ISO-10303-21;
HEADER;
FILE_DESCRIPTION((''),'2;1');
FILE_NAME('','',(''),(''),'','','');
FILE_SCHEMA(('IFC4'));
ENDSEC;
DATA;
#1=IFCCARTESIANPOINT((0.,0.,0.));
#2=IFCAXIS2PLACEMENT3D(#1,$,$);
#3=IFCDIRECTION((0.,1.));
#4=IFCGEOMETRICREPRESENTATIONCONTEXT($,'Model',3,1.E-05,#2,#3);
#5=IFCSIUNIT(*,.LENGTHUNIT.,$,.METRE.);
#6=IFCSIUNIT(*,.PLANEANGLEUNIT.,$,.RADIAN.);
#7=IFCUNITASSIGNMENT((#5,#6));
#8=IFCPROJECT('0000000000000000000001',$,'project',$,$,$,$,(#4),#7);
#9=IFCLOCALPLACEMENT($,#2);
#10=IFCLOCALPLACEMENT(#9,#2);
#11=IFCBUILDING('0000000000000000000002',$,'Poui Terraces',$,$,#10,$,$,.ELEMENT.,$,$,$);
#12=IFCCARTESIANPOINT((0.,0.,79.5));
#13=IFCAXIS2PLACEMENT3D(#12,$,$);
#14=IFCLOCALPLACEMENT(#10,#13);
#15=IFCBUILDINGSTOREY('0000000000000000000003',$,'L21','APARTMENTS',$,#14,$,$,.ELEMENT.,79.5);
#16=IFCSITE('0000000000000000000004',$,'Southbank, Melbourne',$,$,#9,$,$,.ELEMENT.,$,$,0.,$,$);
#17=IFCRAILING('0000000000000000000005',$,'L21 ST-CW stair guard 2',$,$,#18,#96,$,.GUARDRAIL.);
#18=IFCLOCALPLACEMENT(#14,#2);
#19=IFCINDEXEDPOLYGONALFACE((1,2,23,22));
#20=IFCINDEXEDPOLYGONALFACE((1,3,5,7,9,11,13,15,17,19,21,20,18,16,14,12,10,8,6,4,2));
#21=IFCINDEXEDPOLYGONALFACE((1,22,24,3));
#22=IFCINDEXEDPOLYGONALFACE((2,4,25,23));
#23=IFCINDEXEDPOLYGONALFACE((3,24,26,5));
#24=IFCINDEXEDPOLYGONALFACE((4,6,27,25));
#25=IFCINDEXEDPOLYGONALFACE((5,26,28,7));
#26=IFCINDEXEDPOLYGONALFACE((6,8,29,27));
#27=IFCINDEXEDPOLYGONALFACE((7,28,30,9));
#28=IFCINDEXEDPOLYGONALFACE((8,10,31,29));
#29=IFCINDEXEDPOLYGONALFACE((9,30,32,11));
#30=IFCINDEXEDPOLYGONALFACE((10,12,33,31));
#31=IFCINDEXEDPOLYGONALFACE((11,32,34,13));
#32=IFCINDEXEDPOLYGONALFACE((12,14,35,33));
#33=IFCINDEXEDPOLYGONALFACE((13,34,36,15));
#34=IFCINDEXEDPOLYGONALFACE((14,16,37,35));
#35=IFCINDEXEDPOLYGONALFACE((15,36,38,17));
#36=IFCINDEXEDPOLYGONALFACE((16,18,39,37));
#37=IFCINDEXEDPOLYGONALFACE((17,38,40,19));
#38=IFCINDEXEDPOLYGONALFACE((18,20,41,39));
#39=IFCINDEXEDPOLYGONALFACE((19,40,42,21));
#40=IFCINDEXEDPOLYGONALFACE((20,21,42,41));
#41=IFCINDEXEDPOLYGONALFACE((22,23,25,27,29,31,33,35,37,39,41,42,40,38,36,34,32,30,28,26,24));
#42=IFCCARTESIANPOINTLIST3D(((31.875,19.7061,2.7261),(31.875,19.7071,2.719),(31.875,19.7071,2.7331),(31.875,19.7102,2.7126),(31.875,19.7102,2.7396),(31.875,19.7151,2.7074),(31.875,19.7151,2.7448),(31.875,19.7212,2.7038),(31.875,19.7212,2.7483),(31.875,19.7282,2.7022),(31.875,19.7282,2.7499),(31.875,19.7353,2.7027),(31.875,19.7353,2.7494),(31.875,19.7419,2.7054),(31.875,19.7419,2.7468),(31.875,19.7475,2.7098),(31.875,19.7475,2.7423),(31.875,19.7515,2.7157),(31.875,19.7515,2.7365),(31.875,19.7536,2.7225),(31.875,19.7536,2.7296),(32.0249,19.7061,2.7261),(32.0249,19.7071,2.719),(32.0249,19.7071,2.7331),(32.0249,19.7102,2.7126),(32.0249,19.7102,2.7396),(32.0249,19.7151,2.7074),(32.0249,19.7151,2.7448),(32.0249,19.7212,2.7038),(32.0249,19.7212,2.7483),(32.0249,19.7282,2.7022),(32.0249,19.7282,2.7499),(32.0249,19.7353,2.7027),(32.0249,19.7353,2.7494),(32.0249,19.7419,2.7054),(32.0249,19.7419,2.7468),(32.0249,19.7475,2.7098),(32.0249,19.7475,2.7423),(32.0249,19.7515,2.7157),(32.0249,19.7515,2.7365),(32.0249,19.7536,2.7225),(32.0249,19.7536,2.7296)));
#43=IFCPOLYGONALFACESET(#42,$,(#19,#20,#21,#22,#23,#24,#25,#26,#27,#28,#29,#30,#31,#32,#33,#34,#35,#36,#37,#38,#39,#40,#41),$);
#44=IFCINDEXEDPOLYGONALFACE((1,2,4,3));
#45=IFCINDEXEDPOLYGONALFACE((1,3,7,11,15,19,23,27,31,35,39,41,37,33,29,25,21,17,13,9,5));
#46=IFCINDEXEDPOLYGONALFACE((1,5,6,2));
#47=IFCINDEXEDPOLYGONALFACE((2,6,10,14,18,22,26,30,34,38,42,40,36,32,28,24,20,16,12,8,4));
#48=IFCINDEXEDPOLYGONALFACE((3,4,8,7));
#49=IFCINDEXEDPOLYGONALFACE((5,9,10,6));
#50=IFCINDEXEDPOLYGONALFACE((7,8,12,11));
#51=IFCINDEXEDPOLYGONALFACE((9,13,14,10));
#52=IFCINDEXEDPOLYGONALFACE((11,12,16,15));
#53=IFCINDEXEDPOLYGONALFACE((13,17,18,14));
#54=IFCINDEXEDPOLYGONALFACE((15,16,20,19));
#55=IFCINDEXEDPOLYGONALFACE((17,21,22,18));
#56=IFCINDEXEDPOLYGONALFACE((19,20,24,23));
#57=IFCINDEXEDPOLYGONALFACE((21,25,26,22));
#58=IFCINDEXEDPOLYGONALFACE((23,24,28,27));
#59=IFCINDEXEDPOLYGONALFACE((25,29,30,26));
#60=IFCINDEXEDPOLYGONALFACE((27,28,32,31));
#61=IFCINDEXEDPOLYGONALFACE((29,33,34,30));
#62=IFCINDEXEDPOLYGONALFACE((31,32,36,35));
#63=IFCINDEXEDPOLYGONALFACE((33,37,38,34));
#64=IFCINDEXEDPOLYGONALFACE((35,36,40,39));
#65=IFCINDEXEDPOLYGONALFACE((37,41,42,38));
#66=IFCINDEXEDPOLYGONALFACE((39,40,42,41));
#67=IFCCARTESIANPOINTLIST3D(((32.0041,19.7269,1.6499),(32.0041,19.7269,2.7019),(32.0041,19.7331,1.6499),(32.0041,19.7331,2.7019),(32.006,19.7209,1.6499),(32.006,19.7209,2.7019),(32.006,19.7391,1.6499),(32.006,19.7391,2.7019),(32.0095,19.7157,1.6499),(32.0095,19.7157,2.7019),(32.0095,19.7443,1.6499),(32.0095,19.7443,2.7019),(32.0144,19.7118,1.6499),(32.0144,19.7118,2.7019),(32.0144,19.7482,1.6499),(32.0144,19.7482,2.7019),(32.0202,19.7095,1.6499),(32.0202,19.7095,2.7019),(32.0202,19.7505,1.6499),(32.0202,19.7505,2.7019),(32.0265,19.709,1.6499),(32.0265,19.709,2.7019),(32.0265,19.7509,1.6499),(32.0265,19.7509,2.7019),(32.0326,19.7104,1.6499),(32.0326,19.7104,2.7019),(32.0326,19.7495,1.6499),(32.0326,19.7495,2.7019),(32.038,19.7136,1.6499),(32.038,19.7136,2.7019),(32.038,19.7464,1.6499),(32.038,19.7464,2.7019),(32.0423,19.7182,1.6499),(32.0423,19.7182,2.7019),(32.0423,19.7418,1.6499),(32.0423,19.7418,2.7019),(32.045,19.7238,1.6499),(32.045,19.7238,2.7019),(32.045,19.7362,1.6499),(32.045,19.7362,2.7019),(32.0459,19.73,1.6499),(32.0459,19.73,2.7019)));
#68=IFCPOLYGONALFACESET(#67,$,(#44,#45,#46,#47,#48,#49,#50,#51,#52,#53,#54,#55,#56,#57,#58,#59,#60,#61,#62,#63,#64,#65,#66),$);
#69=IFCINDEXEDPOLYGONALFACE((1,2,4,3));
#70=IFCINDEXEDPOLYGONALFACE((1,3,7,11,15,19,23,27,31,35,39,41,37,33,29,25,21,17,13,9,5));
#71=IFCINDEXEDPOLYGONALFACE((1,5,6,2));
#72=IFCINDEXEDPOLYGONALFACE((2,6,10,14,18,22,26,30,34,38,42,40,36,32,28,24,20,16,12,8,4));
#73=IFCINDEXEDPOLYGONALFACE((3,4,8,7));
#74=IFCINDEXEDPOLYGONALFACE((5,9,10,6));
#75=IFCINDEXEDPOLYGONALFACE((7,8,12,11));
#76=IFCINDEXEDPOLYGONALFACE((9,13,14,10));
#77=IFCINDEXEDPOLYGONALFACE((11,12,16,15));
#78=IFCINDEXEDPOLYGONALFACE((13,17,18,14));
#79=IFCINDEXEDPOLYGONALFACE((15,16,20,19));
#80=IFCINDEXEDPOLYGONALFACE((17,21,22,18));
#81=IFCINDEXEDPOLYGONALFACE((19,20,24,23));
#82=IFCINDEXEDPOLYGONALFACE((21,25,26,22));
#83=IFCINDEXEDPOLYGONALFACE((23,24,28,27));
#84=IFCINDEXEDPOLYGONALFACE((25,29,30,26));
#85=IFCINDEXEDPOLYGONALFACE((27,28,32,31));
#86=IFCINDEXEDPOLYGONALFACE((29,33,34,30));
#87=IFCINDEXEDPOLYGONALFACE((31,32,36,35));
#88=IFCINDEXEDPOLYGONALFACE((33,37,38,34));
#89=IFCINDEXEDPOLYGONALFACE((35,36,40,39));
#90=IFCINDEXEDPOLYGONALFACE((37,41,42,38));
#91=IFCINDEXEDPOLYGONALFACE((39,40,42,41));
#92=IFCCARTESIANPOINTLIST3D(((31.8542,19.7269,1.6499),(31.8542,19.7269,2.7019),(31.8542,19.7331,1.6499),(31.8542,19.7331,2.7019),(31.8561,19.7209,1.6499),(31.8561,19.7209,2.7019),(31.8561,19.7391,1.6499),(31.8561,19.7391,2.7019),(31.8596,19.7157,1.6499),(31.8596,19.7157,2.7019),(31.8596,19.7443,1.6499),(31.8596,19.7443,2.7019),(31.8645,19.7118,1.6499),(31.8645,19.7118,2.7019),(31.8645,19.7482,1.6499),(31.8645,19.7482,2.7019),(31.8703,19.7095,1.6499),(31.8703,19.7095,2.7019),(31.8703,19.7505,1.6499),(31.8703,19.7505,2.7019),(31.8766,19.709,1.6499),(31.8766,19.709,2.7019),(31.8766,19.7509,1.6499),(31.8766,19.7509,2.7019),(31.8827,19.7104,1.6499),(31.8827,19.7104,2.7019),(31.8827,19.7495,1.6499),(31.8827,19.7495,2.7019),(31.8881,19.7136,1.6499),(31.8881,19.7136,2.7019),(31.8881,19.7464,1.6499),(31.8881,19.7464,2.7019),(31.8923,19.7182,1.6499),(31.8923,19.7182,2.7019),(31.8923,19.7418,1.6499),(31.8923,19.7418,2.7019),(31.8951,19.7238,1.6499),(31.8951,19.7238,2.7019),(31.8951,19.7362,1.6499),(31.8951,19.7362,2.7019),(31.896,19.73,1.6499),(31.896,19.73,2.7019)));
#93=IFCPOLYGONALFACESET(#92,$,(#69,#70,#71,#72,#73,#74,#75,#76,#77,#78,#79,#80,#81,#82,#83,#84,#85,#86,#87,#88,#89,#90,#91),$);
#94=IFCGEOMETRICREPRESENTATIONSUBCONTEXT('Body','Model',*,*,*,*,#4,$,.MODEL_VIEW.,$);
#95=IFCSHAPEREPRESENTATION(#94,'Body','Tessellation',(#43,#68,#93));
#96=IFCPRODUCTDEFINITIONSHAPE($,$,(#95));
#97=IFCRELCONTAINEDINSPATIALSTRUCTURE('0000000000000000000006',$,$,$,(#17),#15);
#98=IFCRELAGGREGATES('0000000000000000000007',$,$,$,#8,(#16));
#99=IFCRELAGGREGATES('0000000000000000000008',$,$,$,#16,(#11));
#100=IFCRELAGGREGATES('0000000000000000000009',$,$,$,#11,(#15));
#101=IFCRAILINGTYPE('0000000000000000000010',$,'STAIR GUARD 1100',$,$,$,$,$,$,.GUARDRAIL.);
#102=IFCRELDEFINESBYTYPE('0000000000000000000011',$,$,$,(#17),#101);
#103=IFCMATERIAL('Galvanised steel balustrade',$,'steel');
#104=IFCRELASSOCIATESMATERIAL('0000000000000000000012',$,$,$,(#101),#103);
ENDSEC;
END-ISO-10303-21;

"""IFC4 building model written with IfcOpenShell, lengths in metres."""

from ifc_helpers import new_model, si_unit, direction, frame, origin, origin_2d, place, context, subcontext, project, spatial, circle, extrude, material, type_object, element, save


model = new_model("IFC4")

# Units and contexts
model_context = context("Model", 3, precision=1e-05, world=origin(), true_north=direction((0.0, 1.0)))
body_context = subcontext(model_context, "Body", "Model", "MODEL_VIEW")
ifc_project = project(units=[si_unit("LENGTHUNIT", "METRE"), si_unit("PLANEANGLEUNIT", "RADIAN")], contexts=[model_context])

# Site, building, storey
site_placement = place(None, origin())
site = spatial("IfcSite", under=ifc_project, at=site_placement, Name="Southbank, Melbourne", CompositionType="ELEMENT", RefElevation=0.0)
building_placement = place(site_placement, origin())
building = spatial("IfcBuilding", under=site, at=building_placement, Name="Poui Terraces", CompositionType="ELEMENT")
storey_placement = place(building_placement, frame((0.0, 0.0, 79.5)))
storey = spatial("IfcBuildingStorey", under=building, at=storey_placement, Name="L21", Description="APARTMENTS", CompositionType="ELEMENT", Elevation=79.5)

# Railing
ifc_material_1 = material(Name="Galvanised steel balustrade", Category="steel")
railing_type_1 = type_object("IfcRailingType", Name="STAIR GUARD 1100", PredefinedType="GUARDRAIL", material=ifc_material_1)
railing_1_placement = place(storey_placement, frame((32.0249, 19.73, 1.6499)))
element("IfcRailing", 1, at=railing_1_placement, inside=storey, type_object=railing_type_1, Name="L21 ST-CW stair guard 2", PredefinedType="GUARDRAIL", context=body_context, shape_type="SweptSolid", body=[
    extrude(circle(Radius=0.0239, at=origin_2d()), frame((0.0, 0.0, 1.0762), z_axis=(-1.0, 0.0, 0.0), x_axis=(0.0, -1.0, 0.0)), (0.0, 0.0, 1.0), 0.1499),
    extrude(circle(Radius=0.021, at=origin_2d()), origin(), (0.0, 0.0, 1.0), 1.052),
    extrude(circle(Radius=0.021, at=origin_2d()), frame((-0.1499, 0.0, 0.0)), (0.0, 0.0, 1.0), 1.052),
])

save(model, "model.ifc")
